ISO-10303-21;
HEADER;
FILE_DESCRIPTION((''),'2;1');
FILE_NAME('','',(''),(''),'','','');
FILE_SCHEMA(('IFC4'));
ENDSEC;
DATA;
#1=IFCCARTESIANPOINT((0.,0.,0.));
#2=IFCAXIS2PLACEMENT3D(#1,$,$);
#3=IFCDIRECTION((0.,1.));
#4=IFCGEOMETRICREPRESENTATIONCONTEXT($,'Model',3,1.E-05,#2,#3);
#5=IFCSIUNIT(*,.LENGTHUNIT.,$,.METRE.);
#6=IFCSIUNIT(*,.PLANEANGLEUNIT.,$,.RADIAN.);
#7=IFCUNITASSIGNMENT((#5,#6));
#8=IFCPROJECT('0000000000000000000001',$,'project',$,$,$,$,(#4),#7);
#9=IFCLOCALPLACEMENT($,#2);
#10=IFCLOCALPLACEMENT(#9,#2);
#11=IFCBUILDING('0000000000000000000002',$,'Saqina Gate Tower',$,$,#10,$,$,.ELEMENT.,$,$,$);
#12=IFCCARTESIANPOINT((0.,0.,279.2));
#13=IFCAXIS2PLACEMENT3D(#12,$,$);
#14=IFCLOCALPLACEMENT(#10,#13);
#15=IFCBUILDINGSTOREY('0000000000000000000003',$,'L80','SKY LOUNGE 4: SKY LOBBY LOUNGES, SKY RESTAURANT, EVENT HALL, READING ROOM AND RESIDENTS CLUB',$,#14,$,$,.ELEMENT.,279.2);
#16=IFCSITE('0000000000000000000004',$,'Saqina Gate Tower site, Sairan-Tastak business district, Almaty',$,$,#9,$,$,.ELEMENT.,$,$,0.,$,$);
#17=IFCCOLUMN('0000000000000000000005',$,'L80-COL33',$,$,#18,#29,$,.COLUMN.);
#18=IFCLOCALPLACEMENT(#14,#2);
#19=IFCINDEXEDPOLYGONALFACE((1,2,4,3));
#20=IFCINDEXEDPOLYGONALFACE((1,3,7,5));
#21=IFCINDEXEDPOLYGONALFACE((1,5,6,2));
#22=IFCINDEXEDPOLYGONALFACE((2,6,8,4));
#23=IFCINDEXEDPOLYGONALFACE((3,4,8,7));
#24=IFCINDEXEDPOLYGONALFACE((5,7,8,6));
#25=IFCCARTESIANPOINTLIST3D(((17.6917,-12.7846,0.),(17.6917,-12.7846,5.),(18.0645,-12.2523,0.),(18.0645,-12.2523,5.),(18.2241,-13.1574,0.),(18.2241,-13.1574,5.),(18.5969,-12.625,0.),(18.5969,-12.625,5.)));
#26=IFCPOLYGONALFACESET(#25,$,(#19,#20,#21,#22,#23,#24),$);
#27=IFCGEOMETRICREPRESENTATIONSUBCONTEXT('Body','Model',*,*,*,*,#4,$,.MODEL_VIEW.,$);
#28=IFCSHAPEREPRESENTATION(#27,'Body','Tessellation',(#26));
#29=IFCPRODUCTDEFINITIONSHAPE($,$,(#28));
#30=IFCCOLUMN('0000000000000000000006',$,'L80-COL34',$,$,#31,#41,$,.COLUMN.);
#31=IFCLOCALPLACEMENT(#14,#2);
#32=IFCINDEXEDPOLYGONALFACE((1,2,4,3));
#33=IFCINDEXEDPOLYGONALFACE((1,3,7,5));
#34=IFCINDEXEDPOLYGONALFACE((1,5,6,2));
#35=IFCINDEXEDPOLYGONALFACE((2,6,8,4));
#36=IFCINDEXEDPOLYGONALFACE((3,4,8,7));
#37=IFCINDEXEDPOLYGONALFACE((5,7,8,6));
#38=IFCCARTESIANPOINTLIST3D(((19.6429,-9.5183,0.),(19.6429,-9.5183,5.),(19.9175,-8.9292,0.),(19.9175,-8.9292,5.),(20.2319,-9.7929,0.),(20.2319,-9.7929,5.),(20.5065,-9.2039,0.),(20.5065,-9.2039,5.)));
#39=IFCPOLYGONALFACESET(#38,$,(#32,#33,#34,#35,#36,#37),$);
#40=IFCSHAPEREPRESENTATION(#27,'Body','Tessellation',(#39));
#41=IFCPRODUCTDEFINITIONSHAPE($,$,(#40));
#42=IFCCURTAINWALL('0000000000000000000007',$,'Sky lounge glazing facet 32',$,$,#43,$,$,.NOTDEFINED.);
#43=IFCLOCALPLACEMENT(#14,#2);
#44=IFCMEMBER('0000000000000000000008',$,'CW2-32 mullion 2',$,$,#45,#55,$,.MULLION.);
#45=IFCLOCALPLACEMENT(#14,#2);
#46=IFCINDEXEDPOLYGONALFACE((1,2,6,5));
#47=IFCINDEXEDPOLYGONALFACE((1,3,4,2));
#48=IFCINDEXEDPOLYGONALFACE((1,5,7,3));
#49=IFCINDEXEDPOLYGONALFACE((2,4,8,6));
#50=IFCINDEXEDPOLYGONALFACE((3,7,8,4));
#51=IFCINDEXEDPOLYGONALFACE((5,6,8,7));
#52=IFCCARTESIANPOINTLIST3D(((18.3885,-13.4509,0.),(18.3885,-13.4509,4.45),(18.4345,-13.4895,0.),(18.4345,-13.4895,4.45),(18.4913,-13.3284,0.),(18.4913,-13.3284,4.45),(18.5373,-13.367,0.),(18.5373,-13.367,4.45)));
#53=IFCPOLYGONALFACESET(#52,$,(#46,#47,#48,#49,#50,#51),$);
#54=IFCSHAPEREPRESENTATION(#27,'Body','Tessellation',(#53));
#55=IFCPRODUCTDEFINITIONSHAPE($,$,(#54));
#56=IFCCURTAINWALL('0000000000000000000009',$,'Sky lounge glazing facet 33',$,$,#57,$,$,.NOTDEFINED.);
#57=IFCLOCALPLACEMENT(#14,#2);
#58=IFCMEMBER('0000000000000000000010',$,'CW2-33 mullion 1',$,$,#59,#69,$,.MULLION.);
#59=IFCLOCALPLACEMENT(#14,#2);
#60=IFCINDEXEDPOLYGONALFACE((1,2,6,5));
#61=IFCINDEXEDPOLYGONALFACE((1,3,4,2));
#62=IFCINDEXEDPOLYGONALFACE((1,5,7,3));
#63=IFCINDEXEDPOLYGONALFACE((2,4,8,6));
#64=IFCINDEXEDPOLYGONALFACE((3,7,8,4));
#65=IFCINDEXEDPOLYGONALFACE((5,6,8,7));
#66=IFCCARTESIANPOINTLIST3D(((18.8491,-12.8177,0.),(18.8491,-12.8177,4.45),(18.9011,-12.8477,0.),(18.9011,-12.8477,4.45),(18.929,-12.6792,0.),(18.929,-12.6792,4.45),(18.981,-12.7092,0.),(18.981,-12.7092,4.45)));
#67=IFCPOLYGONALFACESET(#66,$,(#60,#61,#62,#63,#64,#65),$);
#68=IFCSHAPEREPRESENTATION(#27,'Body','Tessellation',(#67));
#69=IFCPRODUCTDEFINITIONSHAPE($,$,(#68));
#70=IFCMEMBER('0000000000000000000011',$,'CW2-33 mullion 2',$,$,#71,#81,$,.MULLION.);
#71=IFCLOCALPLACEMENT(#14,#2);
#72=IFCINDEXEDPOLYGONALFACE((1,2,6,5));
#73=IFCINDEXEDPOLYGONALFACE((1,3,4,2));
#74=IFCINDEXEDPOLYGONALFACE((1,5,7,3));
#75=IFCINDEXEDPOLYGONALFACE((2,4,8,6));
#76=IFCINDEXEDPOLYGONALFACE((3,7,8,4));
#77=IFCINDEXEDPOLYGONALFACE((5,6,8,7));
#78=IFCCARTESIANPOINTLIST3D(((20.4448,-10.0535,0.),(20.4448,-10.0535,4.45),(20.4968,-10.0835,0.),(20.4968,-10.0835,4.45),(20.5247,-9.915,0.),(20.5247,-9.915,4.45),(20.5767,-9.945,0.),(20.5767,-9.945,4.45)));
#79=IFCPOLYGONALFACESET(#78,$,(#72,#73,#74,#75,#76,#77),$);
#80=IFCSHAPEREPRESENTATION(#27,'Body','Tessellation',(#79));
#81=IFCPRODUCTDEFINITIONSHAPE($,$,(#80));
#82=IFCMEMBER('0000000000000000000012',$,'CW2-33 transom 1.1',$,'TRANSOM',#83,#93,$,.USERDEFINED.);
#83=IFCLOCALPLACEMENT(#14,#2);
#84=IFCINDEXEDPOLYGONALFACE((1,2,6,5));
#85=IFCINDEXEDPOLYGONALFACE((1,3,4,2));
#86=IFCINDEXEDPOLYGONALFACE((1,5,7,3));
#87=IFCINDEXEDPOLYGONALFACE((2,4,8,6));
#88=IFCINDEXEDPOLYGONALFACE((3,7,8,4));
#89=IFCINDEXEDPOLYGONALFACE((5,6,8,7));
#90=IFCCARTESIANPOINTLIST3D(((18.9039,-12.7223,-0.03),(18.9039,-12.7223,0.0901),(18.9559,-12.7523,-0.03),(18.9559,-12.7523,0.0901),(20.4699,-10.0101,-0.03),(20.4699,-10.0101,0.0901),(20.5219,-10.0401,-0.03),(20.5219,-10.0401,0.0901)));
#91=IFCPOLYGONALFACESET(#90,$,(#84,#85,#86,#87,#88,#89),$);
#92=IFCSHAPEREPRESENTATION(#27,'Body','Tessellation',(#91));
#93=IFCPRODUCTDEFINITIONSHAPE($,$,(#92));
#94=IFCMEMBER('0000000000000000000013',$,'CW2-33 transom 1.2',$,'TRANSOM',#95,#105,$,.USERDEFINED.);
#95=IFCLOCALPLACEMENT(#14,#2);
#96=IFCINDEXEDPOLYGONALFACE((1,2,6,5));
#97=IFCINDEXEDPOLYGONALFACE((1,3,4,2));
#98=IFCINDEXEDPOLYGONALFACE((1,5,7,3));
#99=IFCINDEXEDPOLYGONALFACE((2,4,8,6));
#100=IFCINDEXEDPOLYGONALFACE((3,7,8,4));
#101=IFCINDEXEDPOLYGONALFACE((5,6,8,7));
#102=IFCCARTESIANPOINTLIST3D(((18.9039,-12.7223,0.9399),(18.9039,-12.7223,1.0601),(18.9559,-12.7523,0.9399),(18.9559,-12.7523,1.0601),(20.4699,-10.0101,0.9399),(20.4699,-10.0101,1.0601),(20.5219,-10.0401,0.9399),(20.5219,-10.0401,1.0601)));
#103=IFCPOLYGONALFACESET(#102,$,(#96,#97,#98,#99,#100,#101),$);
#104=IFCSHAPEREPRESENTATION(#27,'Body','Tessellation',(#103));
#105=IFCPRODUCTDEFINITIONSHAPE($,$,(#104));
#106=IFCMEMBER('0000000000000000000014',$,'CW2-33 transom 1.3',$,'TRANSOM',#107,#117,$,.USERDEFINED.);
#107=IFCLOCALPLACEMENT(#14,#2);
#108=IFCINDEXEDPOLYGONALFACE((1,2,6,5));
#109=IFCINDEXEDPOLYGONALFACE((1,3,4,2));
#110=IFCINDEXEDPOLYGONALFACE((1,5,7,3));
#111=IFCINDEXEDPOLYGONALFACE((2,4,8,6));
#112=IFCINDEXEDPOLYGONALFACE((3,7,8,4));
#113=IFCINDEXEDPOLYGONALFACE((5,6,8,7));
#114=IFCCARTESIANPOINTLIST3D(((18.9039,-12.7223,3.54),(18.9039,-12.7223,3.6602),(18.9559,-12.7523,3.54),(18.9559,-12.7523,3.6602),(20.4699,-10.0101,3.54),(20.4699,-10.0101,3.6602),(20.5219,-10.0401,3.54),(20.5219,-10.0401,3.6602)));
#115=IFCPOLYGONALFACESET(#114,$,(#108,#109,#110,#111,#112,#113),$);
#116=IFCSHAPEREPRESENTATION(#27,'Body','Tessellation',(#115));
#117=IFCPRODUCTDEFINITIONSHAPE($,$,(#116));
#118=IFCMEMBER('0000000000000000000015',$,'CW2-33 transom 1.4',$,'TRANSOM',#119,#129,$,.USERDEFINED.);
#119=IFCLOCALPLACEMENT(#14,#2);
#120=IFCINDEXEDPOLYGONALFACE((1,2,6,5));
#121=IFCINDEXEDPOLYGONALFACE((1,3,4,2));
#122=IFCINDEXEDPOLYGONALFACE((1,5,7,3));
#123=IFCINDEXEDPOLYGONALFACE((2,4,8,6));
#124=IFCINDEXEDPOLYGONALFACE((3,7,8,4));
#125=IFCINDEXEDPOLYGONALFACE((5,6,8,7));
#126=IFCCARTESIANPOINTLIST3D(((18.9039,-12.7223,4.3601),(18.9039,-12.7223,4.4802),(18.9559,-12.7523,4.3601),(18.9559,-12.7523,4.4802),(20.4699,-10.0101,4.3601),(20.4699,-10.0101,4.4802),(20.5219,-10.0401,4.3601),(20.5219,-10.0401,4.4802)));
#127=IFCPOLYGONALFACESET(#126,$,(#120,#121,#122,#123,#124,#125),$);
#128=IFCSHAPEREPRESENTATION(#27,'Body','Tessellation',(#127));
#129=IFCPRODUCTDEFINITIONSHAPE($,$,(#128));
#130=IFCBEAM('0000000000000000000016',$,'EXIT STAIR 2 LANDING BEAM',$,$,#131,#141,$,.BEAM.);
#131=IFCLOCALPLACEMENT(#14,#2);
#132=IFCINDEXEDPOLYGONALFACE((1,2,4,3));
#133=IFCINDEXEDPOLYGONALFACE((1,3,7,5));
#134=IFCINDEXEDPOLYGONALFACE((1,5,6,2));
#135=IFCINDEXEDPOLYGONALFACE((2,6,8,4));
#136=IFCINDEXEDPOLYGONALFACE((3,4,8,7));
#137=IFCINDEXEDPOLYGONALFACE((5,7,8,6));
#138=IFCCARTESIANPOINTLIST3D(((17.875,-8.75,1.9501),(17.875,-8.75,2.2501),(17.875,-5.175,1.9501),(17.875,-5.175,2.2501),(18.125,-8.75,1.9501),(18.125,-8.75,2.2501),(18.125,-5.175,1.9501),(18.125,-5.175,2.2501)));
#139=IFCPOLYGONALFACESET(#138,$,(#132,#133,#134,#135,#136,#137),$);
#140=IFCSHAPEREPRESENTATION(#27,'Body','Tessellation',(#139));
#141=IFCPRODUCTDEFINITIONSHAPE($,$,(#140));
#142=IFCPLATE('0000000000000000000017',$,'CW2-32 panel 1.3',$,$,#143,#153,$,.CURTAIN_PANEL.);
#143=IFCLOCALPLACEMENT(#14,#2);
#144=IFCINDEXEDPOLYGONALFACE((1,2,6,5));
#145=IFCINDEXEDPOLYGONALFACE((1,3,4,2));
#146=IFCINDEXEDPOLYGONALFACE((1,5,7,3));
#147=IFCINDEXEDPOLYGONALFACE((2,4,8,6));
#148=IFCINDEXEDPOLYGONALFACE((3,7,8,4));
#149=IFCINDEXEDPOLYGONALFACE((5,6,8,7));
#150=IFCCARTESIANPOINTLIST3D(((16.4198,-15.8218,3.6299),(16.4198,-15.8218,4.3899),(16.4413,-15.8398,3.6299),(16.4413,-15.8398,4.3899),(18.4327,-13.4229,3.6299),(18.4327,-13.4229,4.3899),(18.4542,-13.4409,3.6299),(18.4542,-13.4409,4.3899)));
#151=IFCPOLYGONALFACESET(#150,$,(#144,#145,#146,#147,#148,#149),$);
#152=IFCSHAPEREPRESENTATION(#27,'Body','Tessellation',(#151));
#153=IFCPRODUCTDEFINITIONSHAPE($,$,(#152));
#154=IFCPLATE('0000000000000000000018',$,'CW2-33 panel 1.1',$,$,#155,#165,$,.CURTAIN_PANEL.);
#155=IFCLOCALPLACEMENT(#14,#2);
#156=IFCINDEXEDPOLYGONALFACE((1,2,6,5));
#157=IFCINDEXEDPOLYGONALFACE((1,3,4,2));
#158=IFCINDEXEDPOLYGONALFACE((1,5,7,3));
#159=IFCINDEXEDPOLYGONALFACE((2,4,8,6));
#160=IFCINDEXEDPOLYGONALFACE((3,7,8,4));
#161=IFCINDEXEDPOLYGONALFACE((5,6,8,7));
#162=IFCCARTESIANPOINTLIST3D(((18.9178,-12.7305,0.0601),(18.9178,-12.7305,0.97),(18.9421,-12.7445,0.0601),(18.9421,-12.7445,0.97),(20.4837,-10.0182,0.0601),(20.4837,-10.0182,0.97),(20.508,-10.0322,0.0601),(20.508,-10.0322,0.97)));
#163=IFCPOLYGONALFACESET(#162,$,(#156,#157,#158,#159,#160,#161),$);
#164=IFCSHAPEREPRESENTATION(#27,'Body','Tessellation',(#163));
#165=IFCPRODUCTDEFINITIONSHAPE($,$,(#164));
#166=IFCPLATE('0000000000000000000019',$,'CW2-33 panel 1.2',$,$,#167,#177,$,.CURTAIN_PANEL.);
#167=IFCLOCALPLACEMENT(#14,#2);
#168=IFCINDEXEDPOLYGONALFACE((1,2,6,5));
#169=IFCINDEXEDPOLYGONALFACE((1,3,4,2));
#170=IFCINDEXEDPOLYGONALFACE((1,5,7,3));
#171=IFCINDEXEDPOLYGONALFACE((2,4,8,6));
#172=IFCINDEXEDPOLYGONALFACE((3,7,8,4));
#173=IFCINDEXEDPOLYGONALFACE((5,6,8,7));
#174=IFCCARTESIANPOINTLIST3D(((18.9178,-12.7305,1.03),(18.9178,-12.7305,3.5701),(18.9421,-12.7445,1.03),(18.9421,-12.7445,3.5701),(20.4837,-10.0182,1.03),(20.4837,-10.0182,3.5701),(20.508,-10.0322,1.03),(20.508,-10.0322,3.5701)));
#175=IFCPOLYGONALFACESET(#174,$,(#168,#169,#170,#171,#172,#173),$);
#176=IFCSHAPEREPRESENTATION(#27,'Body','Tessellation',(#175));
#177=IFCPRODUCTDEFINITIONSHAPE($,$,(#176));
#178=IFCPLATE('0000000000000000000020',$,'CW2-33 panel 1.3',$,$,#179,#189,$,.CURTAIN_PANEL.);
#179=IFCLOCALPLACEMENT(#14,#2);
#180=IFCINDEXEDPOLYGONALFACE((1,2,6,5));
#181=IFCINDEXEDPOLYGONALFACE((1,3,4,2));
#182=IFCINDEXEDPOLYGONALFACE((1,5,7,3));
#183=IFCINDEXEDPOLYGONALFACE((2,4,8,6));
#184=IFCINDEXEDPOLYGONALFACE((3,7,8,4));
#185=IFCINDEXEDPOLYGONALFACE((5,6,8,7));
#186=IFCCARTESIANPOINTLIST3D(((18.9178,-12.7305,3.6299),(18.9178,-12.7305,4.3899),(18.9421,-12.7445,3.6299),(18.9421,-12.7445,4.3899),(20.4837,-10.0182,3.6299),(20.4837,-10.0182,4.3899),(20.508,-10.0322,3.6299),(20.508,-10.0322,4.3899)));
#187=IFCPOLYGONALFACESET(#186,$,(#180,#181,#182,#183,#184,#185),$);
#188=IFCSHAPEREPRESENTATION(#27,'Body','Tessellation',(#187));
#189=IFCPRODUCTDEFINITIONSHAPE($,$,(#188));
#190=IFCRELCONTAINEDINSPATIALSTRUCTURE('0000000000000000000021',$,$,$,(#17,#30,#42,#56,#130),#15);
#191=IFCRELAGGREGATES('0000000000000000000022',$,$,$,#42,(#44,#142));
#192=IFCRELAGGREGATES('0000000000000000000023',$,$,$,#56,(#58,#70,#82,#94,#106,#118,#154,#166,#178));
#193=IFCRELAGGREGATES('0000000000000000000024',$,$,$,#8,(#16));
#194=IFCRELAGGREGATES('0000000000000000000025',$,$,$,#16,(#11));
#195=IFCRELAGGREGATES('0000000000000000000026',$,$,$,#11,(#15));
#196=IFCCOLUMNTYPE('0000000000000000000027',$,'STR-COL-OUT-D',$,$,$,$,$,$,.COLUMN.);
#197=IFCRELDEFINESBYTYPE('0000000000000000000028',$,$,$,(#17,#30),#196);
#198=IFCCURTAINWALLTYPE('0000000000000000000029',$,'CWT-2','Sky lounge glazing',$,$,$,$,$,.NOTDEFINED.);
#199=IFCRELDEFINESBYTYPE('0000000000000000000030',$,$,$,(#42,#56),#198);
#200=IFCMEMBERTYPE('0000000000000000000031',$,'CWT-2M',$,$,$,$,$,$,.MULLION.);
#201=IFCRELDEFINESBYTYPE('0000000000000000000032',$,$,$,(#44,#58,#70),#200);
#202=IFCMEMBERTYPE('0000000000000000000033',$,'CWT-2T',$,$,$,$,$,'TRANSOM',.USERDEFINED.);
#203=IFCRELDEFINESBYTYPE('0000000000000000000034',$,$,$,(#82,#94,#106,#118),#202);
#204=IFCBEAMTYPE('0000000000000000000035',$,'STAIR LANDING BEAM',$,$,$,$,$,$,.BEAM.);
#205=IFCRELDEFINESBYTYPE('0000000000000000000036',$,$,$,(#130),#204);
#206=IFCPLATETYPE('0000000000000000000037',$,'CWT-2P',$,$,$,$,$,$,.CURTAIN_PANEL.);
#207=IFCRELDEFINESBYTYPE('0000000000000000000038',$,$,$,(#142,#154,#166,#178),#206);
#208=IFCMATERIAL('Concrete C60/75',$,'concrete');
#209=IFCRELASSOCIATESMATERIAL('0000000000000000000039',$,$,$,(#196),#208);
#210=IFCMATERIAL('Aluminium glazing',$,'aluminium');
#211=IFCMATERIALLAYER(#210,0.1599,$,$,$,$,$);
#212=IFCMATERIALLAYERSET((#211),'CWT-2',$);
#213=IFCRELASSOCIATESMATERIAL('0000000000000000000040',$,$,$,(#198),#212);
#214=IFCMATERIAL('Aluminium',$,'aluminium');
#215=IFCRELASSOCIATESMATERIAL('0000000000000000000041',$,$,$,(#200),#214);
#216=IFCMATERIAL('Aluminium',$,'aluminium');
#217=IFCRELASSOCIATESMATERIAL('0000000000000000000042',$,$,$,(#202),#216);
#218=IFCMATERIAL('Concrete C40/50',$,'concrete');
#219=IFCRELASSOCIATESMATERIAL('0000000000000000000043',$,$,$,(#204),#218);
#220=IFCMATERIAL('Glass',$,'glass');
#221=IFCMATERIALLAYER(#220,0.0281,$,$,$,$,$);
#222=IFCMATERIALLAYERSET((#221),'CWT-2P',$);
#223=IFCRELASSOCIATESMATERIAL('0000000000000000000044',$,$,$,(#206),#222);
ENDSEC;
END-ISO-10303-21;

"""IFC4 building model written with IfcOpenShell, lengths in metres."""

from ifc_helpers import new_model, si_unit, direction, frame, origin, origin_2d, place, context, subcontext, project, spatial, rectangle, extrude, material, layer, layer_set, material_profile, profile_set, type_object, element, aggregate, save


model = new_model("IFC4")

# Units and contexts
model_context = context("Model", 3, precision=1e-05, world=origin(), true_north=direction((0.0, 1.0)))
body_context = subcontext(model_context, "Body", "Model", "MODEL_VIEW")
ifc_project = project(units=[si_unit("LENGTHUNIT", "METRE"), si_unit("PLANEANGLEUNIT", "RADIAN")], contexts=[model_context])

# Site, building, storey
site_placement = place(None, origin())
site = spatial("IfcSite", under=ifc_project, at=site_placement, Name="Saqina Gate Tower site, Sairan-Tastak business district, Almaty", CompositionType="ELEMENT", RefElevation=0.0)
building_placement = place(site_placement, origin())
building = spatial("IfcBuilding", under=site, at=building_placement, Name="Saqina Gate Tower", CompositionType="ELEMENT")
storey_placement = place(building_placement, frame((0.0, 0.0, 279.2)))
storey = spatial("IfcBuildingStorey", under=building, at=storey_placement, Name="L80", Description="SKY LOUNGE 4: SKY LOBBY LOUNGES, SKY RESTAURANT, EVENT HALL, READING ROOM AND RESIDENTS CLUB", CompositionType="ELEMENT", Elevation=279.2)

# Columns
ifc_material_1 = material(Name="Concrete C60/75", Category="concrete")
ifc_material_profile_1 = material_profile(ifc_material_1, rectangle(XDim=0.6499, YDim=0.6499, at=origin_2d()), Name="RC 650x650")
ifc_profile_set_1 = profile_set([ifc_material_profile_1], Name="Concrete C60/75")
column_type = type_object("IfcColumnType", Name="STR-COL-OUT-D", PredefinedType="COLUMN", material=ifc_profile_set_1)
for number, where, z_axis, x_axis, name in (
    (1, (18.1443, -12.7048, 0.0), (0.0, 0.0, 1.0), (0.819152, -0.573576, 0.0), "L80-COL33"),
    (2, (20.0747, -9.3611, 0.0), (0.0, 0.0, 1.0), (0.906308, -0.422618, 0.0), "L80-COL34"),
):
    element("IfcColumn", number, at=place(storey_placement, frame(where, z_axis=z_axis, x_axis=x_axis)), inside=storey, type_object=column_type, Name=name, PredefinedType="COLUMN", context=body_context, shape_type="SweptSolid", body=[
        extrude(rectangle(XDim=0.6499, YDim=0.6499, at=origin_2d()), origin(), (0.0, 0.0, 1.0), 5.0),
    ])

# Curtain wall, member
ifc_material_2 = material(Name="Aluminium glazing", Category="aluminium")
ifc_layer_1 = layer(ifc_material_2, 0.1599)
ifc_layer_set_1 = layer_set([ifc_layer_1], Name="CWT-2")
curtain_wall_type = type_object("IfcCurtainWallType", Name="CWT-2", Description="Sky lounge glazing", PredefinedType="NOTDEFINED", material=ifc_layer_set_1)
curtain_wall_1_placement = place(storey_placement, origin())
curtain_wall_1 = element("IfcCurtainWall", 3, at=curtain_wall_1_placement, inside=storey, type_object=curtain_wall_type, Name="Sky lounge glazing facet 32", PredefinedType="NOTDEFINED")
ifc_material_3 = material(Name="Aluminium", Category="aluminium")
ifc_material_profile_2 = material_profile(ifc_material_3, rectangle(XDim=0.0601, YDim=0.1599, at=origin_2d()), Name="Aluminium 60x160")
ifc_profile_set_2 = profile_set([ifc_material_profile_2], Name="Aluminium")
member_type_1 = type_object("IfcMemberType", Name="CWT-2M", PredefinedType="MULLION", material=ifc_profile_set_2)
member_1_placement = place(storey_placement, frame((18.4629, -13.4089, 0.0), z_axis=(0.0, 0.0, 1.0), x_axis=(-0.766046, 0.642785, 0.0)))
member_1 = element("IfcMember", 4, at=member_1_placement, type_object=member_type_1, Name="CW2-32 mullion 2", PredefinedType="MULLION", context=body_context, shape_type="SweptSolid", body=[
    extrude(rectangle(XDim=0.0601, YDim=0.1599, at=origin_2d()), origin(), (0.0, 0.0, 1.0), 4.45),
])

# Curtain wall, members
curtain_wall_2_placement = place(storey_placement, origin())
curtain_wall_2 = element("IfcCurtainWall", 5, at=curtain_wall_2_placement, inside=storey, type_object=curtain_wall_type, Name="Sky lounge glazing facet 33", PredefinedType="NOTDEFINED")
member_2_placement = place(storey_placement, frame((18.915, -12.7634, 0.0), z_axis=(0.0, 0.0, 1.0), x_axis=(-0.866036, 0.499982, 0.0)))
member_2 = element("IfcMember", 6, at=member_2_placement, type_object=member_type_1, Name="CW2-33 mullion 1", PredefinedType="MULLION", context=body_context, shape_type="SweptSolid", body=[
    extrude(rectangle(XDim=0.0601, YDim=0.1599, at=origin_2d()), origin(), (0.0, 0.0, 1.0), 4.45),
])
member_3_placement = place(storey_placement, frame((20.5107, -9.9993, 0.0), z_axis=(0.0, 0.0, 1.0), x_axis=(-0.866036, 0.499982, 0.0)))
member_3 = element("IfcMember", 7, at=member_3_placement, type_object=member_type_1, Name="CW2-33 mullion 2", PredefinedType="MULLION", context=body_context, shape_type="SweptSolid", body=[
    extrude(rectangle(XDim=0.0601, YDim=0.1599, at=origin_2d()), origin(), (0.0, 0.0, 1.0), 4.45),
])
ifc_material_4 = material(Name="Aluminium", Category="aluminium")
ifc_material_profile_3 = material_profile(ifc_material_4, rectangle(XDim=0.0601, YDim=0.1201, at=origin_2d()), Name="Aluminium 60x120")
ifc_profile_set_3 = profile_set([ifc_material_profile_3], Name="Aluminium")
member_type_2 = type_object("IfcMemberType", Name="CWT-2T", ElementType="TRANSOM", PredefinedType="USERDEFINED", material=ifc_profile_set_3)
member_4_placement = place(storey_placement, frame((18.9299, -12.7373, 0.03), z_axis=(0.500013, 0.866018, 0.0), x_axis=(-0.866018, 0.500013, 0.0)))
member_4 = element("IfcMember", 8, at=member_4_placement, type_object=member_type_2, Name="CW2-33 transom 1.1", ObjectType="TRANSOM", PredefinedType="USERDEFINED", context=body_context, shape_type="SweptSolid", body=[
    extrude(rectangle(XDim=0.0601, YDim=0.1201, at=origin_2d()), origin(), (0.0, 0.0, 1.0), 3.1318),
])
member_5_placement = place(storey_placement, frame((18.9299, -12.7373, 1.0), z_axis=(0.500013, 0.866018, 0.0), x_axis=(-0.866018, 0.500013, 0.0)))
member_5 = element("IfcMember", 9, at=member_5_placement, type_object=member_type_2, Name="CW2-33 transom 1.2", ObjectType="TRANSOM", PredefinedType="USERDEFINED", context=body_context, shape_type="SweptSolid", body=[
    extrude(rectangle(XDim=0.0601, YDim=0.1201, at=origin_2d()), origin(), (0.0, 0.0, 1.0), 3.1318),
])
member_6_placement = place(storey_placement, frame((18.9299, -12.7373, 3.6001), z_axis=(0.500013, 0.866018, 0.0), x_axis=(-0.866018, 0.500013, 0.0)))
member_6 = element("IfcMember", 10, at=member_6_placement, type_object=member_type_2, Name="CW2-33 transom 1.3", ObjectType="TRANSOM", PredefinedType="USERDEFINED", context=body_context, shape_type="SweptSolid", body=[
    extrude(rectangle(XDim=0.0601, YDim=0.1201, at=origin_2d()), origin(), (0.0, 0.0, 1.0), 3.1318),
])
member_7_placement = place(storey_placement, frame((18.9299, -12.7373, 4.4202), z_axis=(0.500013, 0.866018, 0.0), x_axis=(-0.866018, 0.500013, 0.0)))
member_7 = element("IfcMember", 11, at=member_7_placement, type_object=member_type_2, Name="CW2-33 transom 1.4", ObjectType="TRANSOM", PredefinedType="USERDEFINED", context=body_context, shape_type="SweptSolid", body=[
    extrude(rectangle(XDim=0.0601, YDim=0.1201, at=origin_2d()), origin(), (0.0, 0.0, 1.0), 3.1318),
])

# Beam
ifc_material_5 = material(Name="Concrete C40/50", Category="concrete")
ifc_material_profile_4 = material_profile(ifc_material_5, rectangle(XDim=0.25, YDim=0.3, at=origin_2d()), Name="STAIR LANDING BEAM")
ifc_profile_set_4 = profile_set([ifc_material_profile_4], Name="Concrete C40/50")
beam_type = type_object("IfcBeamType", Name="STAIR LANDING BEAM", PredefinedType="BEAM", material=ifc_profile_set_4)
beam_placement = place(storey_placement, frame((18.0, -8.75, 2.1001), z_axis=(0.0, 1.0, 0.0), x_axis=(-1.0, 0.0, 0.0)))
element("IfcBeam", 12, at=beam_placement, inside=storey, type_object=beam_type, Name="EXIT STAIR 2 LANDING BEAM", PredefinedType="BEAM", context=body_context, shape_type="SweptSolid", body=[
    extrude(rectangle(XDim=0.25, YDim=0.3, at=origin_2d()), origin(), (0.0, 0.0, 1.0), 3.575),
])

# Plates
ifc_material_6 = material(Name="Glass", Category="glass")
ifc_layer_2 = layer(ifc_material_6, 0.0281)
ifc_layer_set_2 = layer_set([ifc_layer_2], Name="CWT-2P")
plate_type = type_object("IfcPlateType", Name="CWT-2P", PredefinedType="CURTAIN_PANEL", material=ifc_layer_set_2)
plate_1_placement = place(storey_placement, frame((17.437, -14.6313, 3.6299), z_axis=(0.0, 0.0, 1.0), x_axis=(0.642785, 0.766046, 0.0)))
plate_1 = element("IfcPlate", 13, at=plate_1_placement, type_object=plate_type, Name="CW2-32 panel 1.3", PredefinedType="CURTAIN_PANEL", context=body_context, shape_type="SweptSolid", body=[
    extrude(rectangle(XDim=3.1316, YDim=0.0281, at=origin_2d()), origin(), (0.0, 0.0, 1.0), 0.76),
])
aggregate(curtain_wall_1, [member_1, plate_1])
plate_2_placement = place(storey_placement, frame((19.7129, -11.3813, 0.0601), z_axis=(0.0, 0.0, 1.0), x_axis=(0.499982, 0.866036, 0.0)))
plate_2 = element("IfcPlate", 14, at=plate_2_placement, type_object=plate_type, Name="CW2-33 panel 1.1", PredefinedType="CURTAIN_PANEL", context=body_context, shape_type="SweptSolid", body=[
    extrude(rectangle(XDim=3.1318, YDim=0.0281, at=origin_2d()), origin(), (0.0, 0.0, 1.0), 0.9099),
])
plate_3_placement = place(storey_placement, frame((19.7129, -11.3813, 1.03), z_axis=(0.0, 0.0, 1.0), x_axis=(0.499982, 0.866036, 0.0)))
plate_3 = element("IfcPlate", 15, at=plate_3_placement, type_object=plate_type, Name="CW2-33 panel 1.2", PredefinedType="CURTAIN_PANEL", context=body_context, shape_type="SweptSolid", body=[
    extrude(rectangle(XDim=3.1318, YDim=0.0281, at=origin_2d()), origin(), (0.0, 0.0, 1.0), 2.54),
])
plate_4_placement = place(storey_placement, frame((19.7129, -11.3813, 3.6299), z_axis=(0.0, 0.0, 1.0), x_axis=(0.499982, 0.866036, 0.0)))
plate_4 = element("IfcPlate", 16, at=plate_4_placement, type_object=plate_type, Name="CW2-33 panel 1.3", PredefinedType="CURTAIN_PANEL", context=body_context, shape_type="SweptSolid", body=[
    extrude(rectangle(XDim=3.1318, YDim=0.0281, at=origin_2d()), origin(), (0.0, 0.0, 1.0), 0.76),
])
aggregate(curtain_wall_2, [member_2, member_3, member_4, member_5, member_6, member_7, plate_2, plate_3, plate_4])

save(model, "model.ifc")
